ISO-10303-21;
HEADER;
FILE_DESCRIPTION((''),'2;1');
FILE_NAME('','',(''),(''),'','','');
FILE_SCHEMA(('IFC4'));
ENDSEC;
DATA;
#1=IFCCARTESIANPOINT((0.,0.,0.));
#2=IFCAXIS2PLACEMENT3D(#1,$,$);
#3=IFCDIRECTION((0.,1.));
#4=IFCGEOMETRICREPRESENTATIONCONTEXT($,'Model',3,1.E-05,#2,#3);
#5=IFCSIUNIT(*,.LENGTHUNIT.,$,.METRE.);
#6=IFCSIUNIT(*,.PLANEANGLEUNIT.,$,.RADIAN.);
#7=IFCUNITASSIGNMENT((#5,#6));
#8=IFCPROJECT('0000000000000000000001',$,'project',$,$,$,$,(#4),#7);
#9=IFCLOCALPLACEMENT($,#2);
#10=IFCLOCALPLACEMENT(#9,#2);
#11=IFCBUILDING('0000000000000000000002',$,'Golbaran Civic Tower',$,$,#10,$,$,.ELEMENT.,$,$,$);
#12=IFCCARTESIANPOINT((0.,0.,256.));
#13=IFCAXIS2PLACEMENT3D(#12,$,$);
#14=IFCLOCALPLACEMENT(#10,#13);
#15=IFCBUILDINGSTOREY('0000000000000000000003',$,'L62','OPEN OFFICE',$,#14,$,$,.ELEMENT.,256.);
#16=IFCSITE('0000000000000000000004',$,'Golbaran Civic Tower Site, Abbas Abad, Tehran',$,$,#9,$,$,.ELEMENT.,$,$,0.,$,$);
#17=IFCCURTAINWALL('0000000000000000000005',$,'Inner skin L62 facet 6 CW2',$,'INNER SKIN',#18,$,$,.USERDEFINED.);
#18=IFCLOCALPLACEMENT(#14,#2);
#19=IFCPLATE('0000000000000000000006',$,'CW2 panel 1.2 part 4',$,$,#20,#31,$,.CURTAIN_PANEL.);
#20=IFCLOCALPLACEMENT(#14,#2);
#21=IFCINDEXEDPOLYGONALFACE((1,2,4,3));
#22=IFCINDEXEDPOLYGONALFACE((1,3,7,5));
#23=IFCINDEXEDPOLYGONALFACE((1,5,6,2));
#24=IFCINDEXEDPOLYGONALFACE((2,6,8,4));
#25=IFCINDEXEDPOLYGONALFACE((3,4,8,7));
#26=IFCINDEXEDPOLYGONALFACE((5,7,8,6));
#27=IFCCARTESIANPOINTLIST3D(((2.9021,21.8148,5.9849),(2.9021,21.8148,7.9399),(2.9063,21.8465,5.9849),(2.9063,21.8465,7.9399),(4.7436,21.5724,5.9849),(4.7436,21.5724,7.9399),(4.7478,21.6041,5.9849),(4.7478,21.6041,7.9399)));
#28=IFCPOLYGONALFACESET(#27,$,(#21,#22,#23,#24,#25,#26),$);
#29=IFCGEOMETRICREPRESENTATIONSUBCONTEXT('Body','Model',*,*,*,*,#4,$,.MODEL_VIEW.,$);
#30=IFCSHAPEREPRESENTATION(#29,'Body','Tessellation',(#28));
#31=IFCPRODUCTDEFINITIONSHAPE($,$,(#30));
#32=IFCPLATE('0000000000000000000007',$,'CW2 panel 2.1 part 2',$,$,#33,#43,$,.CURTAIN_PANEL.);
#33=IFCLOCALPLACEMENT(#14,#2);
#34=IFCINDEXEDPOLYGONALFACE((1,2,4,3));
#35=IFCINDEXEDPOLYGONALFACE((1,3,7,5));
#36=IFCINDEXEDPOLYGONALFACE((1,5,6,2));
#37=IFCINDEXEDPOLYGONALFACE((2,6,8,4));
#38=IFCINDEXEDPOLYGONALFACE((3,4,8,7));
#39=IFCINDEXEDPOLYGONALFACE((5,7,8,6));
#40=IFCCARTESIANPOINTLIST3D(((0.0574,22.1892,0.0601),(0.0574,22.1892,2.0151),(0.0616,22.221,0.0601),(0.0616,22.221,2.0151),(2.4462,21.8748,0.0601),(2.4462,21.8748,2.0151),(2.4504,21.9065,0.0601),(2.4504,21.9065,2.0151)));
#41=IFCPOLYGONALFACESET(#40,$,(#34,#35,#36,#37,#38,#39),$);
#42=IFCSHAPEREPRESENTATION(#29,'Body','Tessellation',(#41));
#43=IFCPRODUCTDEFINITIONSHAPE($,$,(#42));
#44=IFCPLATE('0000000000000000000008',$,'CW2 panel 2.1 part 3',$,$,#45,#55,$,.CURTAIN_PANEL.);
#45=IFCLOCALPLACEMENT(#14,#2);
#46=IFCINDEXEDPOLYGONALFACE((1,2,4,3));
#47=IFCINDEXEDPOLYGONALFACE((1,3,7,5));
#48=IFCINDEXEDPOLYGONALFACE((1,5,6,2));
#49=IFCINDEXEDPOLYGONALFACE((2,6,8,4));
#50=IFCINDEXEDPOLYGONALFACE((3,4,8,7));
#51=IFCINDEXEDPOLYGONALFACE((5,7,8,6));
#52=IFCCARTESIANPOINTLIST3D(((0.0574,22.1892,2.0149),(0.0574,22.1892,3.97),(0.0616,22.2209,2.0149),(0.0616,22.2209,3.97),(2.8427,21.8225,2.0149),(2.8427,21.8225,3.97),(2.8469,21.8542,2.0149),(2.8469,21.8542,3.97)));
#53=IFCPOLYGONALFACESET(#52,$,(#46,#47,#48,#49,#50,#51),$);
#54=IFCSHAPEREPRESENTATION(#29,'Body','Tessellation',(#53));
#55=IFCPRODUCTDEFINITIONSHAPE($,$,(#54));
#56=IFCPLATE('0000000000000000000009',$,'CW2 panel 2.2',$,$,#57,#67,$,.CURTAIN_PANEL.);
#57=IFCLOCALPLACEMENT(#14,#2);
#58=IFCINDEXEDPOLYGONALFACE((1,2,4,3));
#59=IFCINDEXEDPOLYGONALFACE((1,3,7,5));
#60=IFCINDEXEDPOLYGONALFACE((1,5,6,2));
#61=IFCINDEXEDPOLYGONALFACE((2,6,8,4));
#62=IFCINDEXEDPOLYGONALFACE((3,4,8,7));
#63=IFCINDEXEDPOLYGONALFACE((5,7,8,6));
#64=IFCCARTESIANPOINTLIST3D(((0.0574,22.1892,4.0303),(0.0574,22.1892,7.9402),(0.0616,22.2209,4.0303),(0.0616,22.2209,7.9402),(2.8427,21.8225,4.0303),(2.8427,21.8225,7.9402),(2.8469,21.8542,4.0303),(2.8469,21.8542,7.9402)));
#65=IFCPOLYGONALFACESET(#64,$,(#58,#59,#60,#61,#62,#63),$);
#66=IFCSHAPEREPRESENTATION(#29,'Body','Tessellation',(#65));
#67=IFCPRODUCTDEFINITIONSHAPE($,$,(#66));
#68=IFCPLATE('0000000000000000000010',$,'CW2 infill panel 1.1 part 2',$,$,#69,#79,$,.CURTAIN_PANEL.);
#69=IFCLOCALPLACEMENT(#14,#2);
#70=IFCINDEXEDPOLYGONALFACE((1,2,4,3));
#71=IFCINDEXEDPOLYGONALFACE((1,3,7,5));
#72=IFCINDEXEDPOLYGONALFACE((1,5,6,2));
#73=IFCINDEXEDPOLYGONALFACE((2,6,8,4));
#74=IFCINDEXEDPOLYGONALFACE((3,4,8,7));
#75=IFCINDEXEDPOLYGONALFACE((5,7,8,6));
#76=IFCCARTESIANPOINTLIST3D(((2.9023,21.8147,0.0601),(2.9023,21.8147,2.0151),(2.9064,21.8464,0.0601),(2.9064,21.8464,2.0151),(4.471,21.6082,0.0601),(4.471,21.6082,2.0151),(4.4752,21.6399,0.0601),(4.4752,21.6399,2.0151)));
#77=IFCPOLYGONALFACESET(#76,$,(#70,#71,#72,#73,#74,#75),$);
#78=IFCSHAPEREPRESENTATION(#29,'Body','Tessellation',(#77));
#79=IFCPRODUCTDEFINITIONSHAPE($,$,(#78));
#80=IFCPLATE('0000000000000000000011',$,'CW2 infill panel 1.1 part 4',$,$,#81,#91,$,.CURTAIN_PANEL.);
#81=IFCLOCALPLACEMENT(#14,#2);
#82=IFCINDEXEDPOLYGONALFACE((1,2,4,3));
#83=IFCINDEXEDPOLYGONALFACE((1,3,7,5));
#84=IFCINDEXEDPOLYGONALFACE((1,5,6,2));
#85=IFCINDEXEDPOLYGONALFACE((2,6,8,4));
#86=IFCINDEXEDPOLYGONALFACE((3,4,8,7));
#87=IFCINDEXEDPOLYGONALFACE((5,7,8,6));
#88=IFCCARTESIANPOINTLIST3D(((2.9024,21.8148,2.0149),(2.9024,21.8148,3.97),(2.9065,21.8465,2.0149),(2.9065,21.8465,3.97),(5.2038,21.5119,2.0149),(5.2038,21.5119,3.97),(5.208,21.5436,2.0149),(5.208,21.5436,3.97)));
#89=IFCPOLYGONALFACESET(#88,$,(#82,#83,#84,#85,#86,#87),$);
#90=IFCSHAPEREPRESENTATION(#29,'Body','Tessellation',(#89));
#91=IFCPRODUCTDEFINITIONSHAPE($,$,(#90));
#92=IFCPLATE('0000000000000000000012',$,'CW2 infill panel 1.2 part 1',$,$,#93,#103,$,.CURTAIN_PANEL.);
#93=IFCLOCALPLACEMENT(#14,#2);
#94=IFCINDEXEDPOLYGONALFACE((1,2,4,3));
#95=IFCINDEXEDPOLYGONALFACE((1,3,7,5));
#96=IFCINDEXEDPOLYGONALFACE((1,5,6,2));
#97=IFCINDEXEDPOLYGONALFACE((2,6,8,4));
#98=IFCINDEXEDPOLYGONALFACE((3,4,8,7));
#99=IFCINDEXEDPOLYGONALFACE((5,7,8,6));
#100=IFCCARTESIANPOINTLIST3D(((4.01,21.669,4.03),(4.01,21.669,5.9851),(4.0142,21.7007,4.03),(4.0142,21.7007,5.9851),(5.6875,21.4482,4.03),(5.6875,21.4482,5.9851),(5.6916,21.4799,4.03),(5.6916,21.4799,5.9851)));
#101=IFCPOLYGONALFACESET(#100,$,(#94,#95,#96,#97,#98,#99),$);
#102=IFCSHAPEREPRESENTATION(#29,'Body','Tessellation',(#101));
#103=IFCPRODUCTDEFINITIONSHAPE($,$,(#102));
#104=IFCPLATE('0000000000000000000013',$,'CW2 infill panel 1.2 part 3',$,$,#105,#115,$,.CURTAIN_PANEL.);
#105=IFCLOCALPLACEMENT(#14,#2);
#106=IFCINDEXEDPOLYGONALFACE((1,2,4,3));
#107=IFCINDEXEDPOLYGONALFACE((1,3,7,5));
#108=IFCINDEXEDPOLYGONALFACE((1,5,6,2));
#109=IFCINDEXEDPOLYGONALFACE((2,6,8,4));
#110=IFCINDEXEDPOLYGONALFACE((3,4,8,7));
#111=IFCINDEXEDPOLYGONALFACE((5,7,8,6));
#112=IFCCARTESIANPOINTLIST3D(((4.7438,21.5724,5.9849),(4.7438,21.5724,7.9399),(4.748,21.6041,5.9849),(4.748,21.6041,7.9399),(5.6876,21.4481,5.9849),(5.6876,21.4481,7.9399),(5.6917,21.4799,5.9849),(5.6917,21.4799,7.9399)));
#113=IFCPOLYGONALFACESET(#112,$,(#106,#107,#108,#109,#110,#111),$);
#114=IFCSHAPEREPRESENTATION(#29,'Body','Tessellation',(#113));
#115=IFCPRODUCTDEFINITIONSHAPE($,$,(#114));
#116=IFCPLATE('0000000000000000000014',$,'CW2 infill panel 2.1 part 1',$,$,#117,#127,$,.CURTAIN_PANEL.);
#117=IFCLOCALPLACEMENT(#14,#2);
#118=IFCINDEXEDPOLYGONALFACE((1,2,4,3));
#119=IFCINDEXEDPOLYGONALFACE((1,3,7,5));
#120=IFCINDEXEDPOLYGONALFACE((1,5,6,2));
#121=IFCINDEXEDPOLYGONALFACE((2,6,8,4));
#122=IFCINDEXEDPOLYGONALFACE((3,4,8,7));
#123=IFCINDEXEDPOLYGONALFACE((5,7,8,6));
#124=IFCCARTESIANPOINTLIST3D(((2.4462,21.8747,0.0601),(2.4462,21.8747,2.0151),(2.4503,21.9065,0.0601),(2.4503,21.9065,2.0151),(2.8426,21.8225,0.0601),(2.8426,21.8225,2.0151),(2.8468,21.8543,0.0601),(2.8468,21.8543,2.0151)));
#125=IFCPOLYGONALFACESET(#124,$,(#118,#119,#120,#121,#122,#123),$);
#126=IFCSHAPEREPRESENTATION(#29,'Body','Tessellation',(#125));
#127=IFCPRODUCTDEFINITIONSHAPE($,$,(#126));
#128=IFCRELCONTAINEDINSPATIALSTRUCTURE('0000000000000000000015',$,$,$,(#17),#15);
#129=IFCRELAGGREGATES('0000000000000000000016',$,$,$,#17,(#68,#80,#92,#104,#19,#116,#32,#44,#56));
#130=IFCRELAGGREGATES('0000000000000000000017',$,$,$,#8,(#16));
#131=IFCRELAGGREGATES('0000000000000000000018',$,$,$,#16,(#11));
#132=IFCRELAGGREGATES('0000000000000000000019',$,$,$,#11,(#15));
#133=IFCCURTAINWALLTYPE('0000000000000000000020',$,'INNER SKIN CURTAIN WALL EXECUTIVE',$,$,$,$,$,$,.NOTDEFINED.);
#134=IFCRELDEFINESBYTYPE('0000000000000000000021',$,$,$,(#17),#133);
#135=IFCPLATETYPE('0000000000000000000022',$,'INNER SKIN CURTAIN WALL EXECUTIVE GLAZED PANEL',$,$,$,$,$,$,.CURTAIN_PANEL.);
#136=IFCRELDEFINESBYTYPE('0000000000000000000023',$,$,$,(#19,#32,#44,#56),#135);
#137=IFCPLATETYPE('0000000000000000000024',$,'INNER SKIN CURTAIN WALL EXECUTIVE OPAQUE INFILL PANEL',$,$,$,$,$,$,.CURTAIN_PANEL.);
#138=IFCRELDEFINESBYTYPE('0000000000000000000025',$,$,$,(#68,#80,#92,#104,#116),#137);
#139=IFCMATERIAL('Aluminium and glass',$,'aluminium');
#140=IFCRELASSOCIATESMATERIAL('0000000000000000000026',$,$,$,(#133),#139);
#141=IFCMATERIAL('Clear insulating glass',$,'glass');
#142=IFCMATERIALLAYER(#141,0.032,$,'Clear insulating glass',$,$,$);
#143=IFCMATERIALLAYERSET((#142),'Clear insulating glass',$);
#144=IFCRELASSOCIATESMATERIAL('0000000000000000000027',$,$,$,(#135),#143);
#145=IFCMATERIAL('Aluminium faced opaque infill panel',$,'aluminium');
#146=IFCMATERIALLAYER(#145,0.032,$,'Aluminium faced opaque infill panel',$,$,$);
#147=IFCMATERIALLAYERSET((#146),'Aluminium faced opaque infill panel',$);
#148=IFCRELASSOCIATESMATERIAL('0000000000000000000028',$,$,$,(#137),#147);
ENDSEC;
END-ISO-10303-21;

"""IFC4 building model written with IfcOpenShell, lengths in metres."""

from ifc_helpers import new_model, si_unit, direction, frame, origin, origin_2d, place, context, subcontext, project, spatial, rectangle, extrude, material, layer, layer_set, type_object, element, aggregate, save


model = new_model("IFC4")

# Units and contexts
model_context = context("Model", 3, precision=1e-05, world=origin(), true_north=direction((0.0, 1.0)))
body_context = subcontext(model_context, "Body", "Model", "MODEL_VIEW")
ifc_project = project(units=[si_unit("LENGTHUNIT", "METRE"), si_unit("PLANEANGLEUNIT", "RADIAN")], contexts=[model_context])

# Site, building, storey
site_placement = place(None, origin())
site = spatial("IfcSite", under=ifc_project, at=site_placement, Name="Golbaran Civic Tower Site, Abbas Abad, Tehran", CompositionType="ELEMENT", RefElevation=0.0)
building_placement = place(site_placement, origin())
building = spatial("IfcBuilding", under=site, at=building_placement, Name="Golbaran Civic Tower", CompositionType="ELEMENT")
storey_placement = place(building_placement, frame((0.0, 0.0, 256.0)))
storey = spatial("IfcBuildingStorey", under=building, at=storey_placement, Name="L62", Description="OPEN OFFICE", CompositionType="ELEMENT", Elevation=256.0)

# Curtain wall, plates
ifc_material_1 = material(Name="Aluminium and glass", Category="aluminium")
curtain_wall_type = type_object("IfcCurtainWallType", Name="INNER SKIN CURTAIN WALL EXECUTIVE", PredefinedType="NOTDEFINED", material=ifc_material_1)
curtain_wall_placement = place(storey_placement, origin())
curtain_wall = element("IfcCurtainWall", 1, at=curtain_wall_placement, inside=storey, type_object=curtain_wall_type, Name="Inner skin L62 facet 6 CW2", ObjectType="INNER SKIN", PredefinedType="USERDEFINED")
ifc_material_2 = material(Name="Clear insulating glass", Category="glass")
ifc_layer_1 = layer(ifc_material_2, 0.032, Name="Clear insulating glass")
ifc_layer_set_1 = layer_set([ifc_layer_1], Name="Clear insulating glass")
plate_type_1 = type_object("IfcPlateType", Name="INNER SKIN CURTAIN WALL EXECUTIVE GLAZED PANEL", PredefinedType="CURTAIN_PANEL", material=ifc_layer_set_1)
plate_1_placement = place(storey_placement, frame((3.825, 21.7095, 5.9849), z_axis=(0.0, 0.0, 1.0), x_axis=(-0.991445, 0.130526, 0.0)))
plate_1 = element("IfcPlate", 2, at=plate_1_placement, type_object=plate_type_1, Name="CW2 panel 1.2 part 4", PredefinedType="CURTAIN_PANEL", context=body_context, shape_type="SweptSolid", body=[
    extrude(rectangle(XDim=1.8574, YDim=0.032, at=origin_2d()), origin(), (0.0, 0.0, 1.0), 1.9551),
])
plate_2_placement = place(storey_placement, frame((1.2539, 22.0479, 0.0601), z_axis=(0.0, 0.0, 1.0), x_axis=(-0.991445, 0.130526, 0.0)))
plate_2 = element("IfcPlate", 3, at=plate_2_placement, type_object=plate_type_1, Name="CW2 panel 2.1 part 2", PredefinedType="CURTAIN_PANEL", context=body_context, shape_type="SweptSolid", body=[
    extrude(rectangle(XDim=2.4094, YDim=0.032, at=origin_2d()), origin(), (0.0, 0.0, 1.0), 1.9551),
])
plate_3_placement = place(storey_placement, frame((1.4521, 22.0217, 2.0149), z_axis=(0.0, 0.0, 1.0), x_axis=(-0.991445, 0.130526, 0.0)))
plate_3 = element("IfcPlate", 4, at=plate_3_placement, type_object=plate_type_1, Name="CW2 panel 2.1 part 3", PredefinedType="CURTAIN_PANEL", context=body_context, shape_type="SweptSolid", body=[
    extrude(rectangle(XDim=2.8093, YDim=0.032, at=origin_2d()), origin(), (0.0, 0.0, 1.0), 1.9551),
])
plate_4_placement = place(storey_placement, frame((1.4521, 22.0217, 4.0303), z_axis=(0.0, 0.0, 1.0), x_axis=(-0.991445, 0.130526, 0.0)))
plate_4 = element("IfcPlate", 5, at=plate_4_placement, type_object=plate_type_1, Name="CW2 panel 2.2", PredefinedType="CURTAIN_PANEL", context=body_context, shape_type="SweptSolid", body=[
    extrude(rectangle(XDim=2.8093, YDim=0.032, at=origin_2d()), origin(), (0.0, 0.0, 1.0), 3.9099),
])
ifc_material_3 = material(Name="Aluminium faced opaque infill panel", Category="aluminium")
ifc_layer_2 = layer(ifc_material_3, 0.032, Name="Aluminium faced opaque infill panel")
ifc_layer_set_2 = layer_set([ifc_layer_2], Name="Aluminium faced opaque infill panel")
plate_type_2 = type_object("IfcPlateType", Name="INNER SKIN CURTAIN WALL EXECUTIVE OPAQUE INFILL PANEL", PredefinedType="CURTAIN_PANEL", material=ifc_layer_set_2)
plate_5_placement = place(storey_placement, frame((3.6887, 21.7273, 0.0601), z_axis=(0.0, 0.0, 1.0), x_axis=(-0.991445, 0.130526, 0.0)))
plate_5 = element("IfcPlate", 6, at=plate_5_placement, type_object=plate_type_2, Name="CW2 infill panel 1.1 part 2", PredefinedType="CURTAIN_PANEL", context=body_context, shape_type="SweptSolid", body=[
    extrude(rectangle(XDim=1.5823, YDim=0.032, at=origin_2d()), origin(), (0.0, 0.0, 1.0), 1.9551),
])
plate_6_placement = place(storey_placement, frame((4.0552, 21.6792, 2.0149), z_axis=(0.0, 0.0, 1.0), x_axis=(-0.991445, 0.130526, 0.0)))
plate_6 = element("IfcPlate", 7, at=plate_6_placement, type_object=plate_type_2, Name="CW2 infill panel 1.1 part 4", PredefinedType="CURTAIN_PANEL", context=body_context, shape_type="SweptSolid", body=[
    extrude(rectangle(XDim=2.3213, YDim=0.032, at=origin_2d()), origin(), (0.0, 0.0, 1.0), 1.9551),
])
plate_7_placement = place(storey_placement, frame((4.8508, 21.5745, 4.03), z_axis=(0.0, 0.0, 1.0), x_axis=(-0.991445, 0.130526, 0.0)))
plate_7 = element("IfcPlate", 8, at=plate_7_placement, type_object=plate_type_2, Name="CW2 infill panel 1.2 part 1", PredefinedType="CURTAIN_PANEL", context=body_context, shape_type="SweptSolid", body=[
    extrude(rectangle(XDim=1.6919, YDim=0.032, at=origin_2d()), origin(), (0.0, 0.0, 1.0), 1.9551),
])
plate_8_placement = place(storey_placement, frame((5.2178, 21.5261, 5.9849), z_axis=(0.0, 0.0, 1.0), x_axis=(-0.991445, 0.130526, 0.0)))
plate_8 = element("IfcPlate", 9, at=plate_8_placement, type_object=plate_type_2, Name="CW2 infill panel 1.2 part 3", PredefinedType="CURTAIN_PANEL", context=body_context, shape_type="SweptSolid", body=[
    extrude(rectangle(XDim=0.9519, YDim=0.032, at=origin_2d()), origin(), (0.0, 0.0, 1.0), 1.9551),
])
plate_9_placement = place(storey_placement, frame((2.6465, 21.8645, 0.0601), z_axis=(0.0, 0.0, 1.0), x_axis=(-0.991445, 0.130526, 0.0)))
plate_9 = element("IfcPlate", 10, at=plate_9_placement, type_object=plate_type_2, Name="CW2 infill panel 2.1 part 1", PredefinedType="CURTAIN_PANEL", context=body_context, shape_type="SweptSolid", body=[
    extrude(rectangle(XDim=0.3999, YDim=0.032, at=origin_2d()), origin(), (0.0, 0.0, 1.0), 1.9551),
])
aggregate(curtain_wall, [plate_5, plate_6, plate_7, plate_8, plate_1, plate_9, plate_2, plate_3, plate_4])

save(model, "model.ifc")
